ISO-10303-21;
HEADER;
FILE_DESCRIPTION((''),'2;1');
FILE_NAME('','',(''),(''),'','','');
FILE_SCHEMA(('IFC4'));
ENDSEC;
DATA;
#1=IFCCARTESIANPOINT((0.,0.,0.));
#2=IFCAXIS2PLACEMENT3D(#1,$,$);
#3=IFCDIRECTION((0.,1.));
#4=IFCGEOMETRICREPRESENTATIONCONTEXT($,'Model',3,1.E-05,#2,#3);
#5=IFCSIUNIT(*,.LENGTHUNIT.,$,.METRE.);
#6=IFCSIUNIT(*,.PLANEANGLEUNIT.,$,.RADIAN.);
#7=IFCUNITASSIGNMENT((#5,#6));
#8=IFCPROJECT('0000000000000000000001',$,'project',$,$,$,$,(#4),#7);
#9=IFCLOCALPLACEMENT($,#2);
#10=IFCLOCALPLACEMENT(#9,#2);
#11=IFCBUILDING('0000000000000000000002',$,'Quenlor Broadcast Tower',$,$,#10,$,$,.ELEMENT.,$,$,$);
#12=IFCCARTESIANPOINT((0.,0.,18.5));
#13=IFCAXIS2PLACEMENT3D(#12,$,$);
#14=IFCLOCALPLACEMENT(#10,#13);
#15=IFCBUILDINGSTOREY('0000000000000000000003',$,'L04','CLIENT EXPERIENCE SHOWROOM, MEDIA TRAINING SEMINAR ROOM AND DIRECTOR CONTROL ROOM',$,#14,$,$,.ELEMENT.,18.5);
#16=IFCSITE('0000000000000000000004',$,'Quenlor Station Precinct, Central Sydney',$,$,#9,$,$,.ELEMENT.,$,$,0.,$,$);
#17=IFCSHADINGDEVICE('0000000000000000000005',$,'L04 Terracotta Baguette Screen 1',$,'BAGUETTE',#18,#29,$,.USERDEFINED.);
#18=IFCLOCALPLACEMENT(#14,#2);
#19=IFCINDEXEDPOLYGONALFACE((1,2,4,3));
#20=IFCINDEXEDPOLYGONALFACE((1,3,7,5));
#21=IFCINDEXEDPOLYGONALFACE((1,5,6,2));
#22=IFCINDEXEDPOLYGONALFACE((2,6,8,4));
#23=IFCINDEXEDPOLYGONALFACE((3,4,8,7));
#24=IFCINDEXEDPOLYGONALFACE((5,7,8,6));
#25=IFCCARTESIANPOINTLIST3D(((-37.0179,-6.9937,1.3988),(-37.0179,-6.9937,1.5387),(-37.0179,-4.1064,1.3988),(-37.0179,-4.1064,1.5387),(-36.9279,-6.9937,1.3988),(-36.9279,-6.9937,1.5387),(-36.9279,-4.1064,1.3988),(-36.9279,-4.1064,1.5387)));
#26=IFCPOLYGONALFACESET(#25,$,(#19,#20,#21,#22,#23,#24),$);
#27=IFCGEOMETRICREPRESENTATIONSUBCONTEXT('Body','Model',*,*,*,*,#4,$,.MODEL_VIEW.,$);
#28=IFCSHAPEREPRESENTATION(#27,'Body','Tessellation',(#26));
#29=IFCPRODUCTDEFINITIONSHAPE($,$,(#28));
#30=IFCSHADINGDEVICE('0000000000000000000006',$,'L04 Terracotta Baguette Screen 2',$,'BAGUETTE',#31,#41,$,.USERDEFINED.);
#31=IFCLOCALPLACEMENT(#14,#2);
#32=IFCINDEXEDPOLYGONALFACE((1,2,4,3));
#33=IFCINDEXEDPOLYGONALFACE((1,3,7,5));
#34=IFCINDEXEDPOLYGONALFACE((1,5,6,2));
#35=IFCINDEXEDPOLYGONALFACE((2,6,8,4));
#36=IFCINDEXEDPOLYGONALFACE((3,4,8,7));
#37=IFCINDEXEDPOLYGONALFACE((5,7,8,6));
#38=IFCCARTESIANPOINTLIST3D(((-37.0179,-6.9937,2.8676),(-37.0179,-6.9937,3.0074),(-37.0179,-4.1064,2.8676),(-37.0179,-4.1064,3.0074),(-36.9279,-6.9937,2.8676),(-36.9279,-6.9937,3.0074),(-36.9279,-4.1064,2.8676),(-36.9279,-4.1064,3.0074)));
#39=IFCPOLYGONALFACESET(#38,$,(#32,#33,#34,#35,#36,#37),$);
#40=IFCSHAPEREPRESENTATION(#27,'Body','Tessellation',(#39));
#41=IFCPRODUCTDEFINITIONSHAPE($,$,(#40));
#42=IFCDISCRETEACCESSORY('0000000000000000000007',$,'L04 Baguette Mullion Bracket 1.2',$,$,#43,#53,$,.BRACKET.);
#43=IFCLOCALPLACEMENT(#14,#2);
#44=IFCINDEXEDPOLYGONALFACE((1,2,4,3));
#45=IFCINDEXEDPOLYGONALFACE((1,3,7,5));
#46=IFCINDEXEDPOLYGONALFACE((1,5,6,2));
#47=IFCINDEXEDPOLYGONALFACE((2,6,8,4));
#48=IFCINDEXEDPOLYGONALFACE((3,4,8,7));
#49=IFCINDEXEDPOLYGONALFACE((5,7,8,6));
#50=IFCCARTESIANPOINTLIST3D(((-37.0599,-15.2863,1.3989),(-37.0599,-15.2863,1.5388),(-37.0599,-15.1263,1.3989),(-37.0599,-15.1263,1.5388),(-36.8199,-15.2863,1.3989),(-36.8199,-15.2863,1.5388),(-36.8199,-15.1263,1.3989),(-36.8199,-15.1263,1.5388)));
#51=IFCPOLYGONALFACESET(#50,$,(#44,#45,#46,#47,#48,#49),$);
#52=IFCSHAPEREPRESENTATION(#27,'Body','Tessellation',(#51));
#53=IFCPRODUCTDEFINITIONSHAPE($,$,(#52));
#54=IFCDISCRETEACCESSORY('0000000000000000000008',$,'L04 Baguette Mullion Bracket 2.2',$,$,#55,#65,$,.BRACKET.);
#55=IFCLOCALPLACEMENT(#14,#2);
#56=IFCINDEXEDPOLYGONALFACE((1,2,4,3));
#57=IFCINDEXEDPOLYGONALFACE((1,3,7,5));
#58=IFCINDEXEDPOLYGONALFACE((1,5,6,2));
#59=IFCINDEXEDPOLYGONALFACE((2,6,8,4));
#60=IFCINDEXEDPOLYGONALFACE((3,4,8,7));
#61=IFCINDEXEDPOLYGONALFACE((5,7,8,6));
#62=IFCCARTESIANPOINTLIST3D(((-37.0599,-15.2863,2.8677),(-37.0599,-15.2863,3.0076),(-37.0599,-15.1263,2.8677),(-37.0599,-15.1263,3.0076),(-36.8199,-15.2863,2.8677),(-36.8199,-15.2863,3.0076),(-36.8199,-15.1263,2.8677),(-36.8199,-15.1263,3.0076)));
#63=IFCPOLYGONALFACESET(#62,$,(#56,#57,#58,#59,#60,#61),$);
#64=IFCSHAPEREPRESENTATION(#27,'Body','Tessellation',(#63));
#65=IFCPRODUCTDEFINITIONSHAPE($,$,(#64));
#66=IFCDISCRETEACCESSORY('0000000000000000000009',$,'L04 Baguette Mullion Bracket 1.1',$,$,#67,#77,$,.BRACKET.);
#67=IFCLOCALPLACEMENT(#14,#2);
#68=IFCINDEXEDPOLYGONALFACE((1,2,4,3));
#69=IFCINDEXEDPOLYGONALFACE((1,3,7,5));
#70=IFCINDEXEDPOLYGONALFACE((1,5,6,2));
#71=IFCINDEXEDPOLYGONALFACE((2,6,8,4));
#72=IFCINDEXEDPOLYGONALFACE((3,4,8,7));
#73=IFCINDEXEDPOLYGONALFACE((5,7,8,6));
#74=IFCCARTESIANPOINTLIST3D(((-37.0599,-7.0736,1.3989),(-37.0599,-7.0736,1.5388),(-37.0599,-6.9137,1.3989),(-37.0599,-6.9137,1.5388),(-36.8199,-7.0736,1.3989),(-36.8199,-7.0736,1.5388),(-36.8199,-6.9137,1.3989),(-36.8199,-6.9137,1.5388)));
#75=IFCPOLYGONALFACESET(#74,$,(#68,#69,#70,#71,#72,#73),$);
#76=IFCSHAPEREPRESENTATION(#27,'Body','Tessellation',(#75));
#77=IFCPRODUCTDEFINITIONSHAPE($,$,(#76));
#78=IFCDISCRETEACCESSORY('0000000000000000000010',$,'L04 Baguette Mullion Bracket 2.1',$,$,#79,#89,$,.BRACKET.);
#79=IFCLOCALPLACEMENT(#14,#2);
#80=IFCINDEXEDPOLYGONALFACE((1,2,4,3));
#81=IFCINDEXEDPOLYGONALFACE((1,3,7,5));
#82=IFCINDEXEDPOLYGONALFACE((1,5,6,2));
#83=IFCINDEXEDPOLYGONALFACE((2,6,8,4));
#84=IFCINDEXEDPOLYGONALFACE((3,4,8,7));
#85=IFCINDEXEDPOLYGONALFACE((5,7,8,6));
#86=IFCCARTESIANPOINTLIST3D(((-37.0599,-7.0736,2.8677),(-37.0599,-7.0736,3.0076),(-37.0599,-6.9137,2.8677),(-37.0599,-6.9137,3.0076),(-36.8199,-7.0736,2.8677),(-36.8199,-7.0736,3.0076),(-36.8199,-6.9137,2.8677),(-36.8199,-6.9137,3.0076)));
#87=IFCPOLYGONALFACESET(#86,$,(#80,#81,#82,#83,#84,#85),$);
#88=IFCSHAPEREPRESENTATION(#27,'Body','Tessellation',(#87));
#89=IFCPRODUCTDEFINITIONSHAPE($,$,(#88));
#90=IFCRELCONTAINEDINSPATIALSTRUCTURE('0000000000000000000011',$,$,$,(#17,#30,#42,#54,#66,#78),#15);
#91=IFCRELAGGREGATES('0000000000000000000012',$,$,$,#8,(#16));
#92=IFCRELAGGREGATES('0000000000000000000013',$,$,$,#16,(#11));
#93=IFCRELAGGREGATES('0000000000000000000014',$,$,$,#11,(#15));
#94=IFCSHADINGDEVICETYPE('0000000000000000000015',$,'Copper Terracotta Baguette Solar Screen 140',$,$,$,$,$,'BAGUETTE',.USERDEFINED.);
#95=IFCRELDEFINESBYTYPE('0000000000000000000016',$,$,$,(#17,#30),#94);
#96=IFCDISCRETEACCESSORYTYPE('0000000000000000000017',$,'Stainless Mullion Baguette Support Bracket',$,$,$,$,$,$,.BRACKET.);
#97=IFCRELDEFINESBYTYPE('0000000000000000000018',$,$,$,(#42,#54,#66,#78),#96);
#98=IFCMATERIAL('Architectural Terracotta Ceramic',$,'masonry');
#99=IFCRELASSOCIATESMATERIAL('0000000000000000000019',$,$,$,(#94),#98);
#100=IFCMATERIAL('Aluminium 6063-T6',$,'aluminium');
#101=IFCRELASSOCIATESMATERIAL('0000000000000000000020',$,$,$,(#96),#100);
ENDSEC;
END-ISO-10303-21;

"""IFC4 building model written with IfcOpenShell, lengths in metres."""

from ifc_helpers import new_model, si_unit, direction, frame, origin, origin_2d, place, context, subcontext, project, spatial, rectangle, extrude, material, material_profile, profile_set, type_object, element, save


model = new_model("IFC4")

# Units and contexts
model_context = context("Model", 3, precision=1e-05, world=origin(), true_north=direction((0.0, 1.0)))
body_context = subcontext(model_context, "Body", "Model", "MODEL_VIEW")
ifc_project = project(units=[si_unit("LENGTHUNIT", "METRE"), si_unit("PLANEANGLEUNIT", "RADIAN")], contexts=[model_context])

# Site, building, storey
site_placement = place(None, origin())
site = spatial("IfcSite", under=ifc_project, at=site_placement, Name="Quenlor Station Precinct, Central Sydney", CompositionType="ELEMENT", RefElevation=0.0)
building_placement = place(site_placement, origin())
building = spatial("IfcBuilding", under=site, at=building_placement, Name="Quenlor Broadcast Tower", CompositionType="ELEMENT")
storey_placement = place(building_placement, frame((0.0, 0.0, 18.5)))
storey = spatial("IfcBuildingStorey", under=building, at=storey_placement, Name="L04", Description="CLIENT EXPERIENCE SHOWROOM, MEDIA TRAINING SEMINAR ROOM AND DIRECTOR CONTROL ROOM", CompositionType="ELEMENT", Elevation=18.5)

# Shading devices
ifc_material_1 = material(Name="Architectural Terracotta Ceramic", Category="masonry")
ifc_material_profile_1 = material_profile(ifc_material_1, rectangle(XDim=0.0901, YDim=0.1399, at=origin_2d()))
ifc_profile_set_1 = profile_set([ifc_material_profile_1], Name="Architectural Terracotta Ceramic BAG90x140")
shading_device_type = type_object("IfcShadingDeviceType", Name="Copper Terracotta Baguette Solar Screen 140", ElementType="BAGUETTE", PredefinedType="USERDEFINED", material=ifc_profile_set_1)
for number, where, z_axis, x_axis, name in (
    (1, (-36.9729, -6.9937, 1.4688), (0.0, 1.0, 0.0), (-1.0, 0.0, 0.0), "L04 Terracotta Baguette Screen 1"),
    (2, (-36.9729, -6.9937, 2.9375), (0.0, 1.0, 0.0), (-1.0, 0.0, 0.0), "L04 Terracotta Baguette Screen 2"),
):
    element("IfcShadingDevice", number, at=place(storey_placement, frame(where, z_axis=z_axis, x_axis=x_axis)), inside=storey, type_object=shading_device_type, Name=name, ObjectType="BAGUETTE", PredefinedType="USERDEFINED", context=body_context, shape_type="SweptSolid", body=[
        extrude(rectangle(XDim=0.0901, YDim=0.1399, at=origin_2d()), origin(), (0.0, 0.0, 1.0), 2.8872),
    ])

# Discrete accessories
ifc_material_2 = material(Name="Aluminium 6063-T6", Category="aluminium")
discrete_accessory_type = type_object("IfcDiscreteAccessoryType", Name="Stainless Mullion Baguette Support Bracket", PredefinedType="BRACKET", material=ifc_material_2)
for number, where, z_axis, x_axis, name in (
    (3, (-36.9399, -15.2063, 1.3989), (0.0, 0.0, 1.0), (0.0, 1.0, 0.0), "L04 Baguette Mullion Bracket 1.2"),
    (4, (-36.9399, -15.2063, 2.8677), (0.0, 0.0, 1.0), (0.0, 1.0, 0.0), "L04 Baguette Mullion Bracket 2.2"),
    (5, (-36.9399, -6.9937, 1.3989), (0.0, 0.0, 1.0), (0.0, 1.0, 0.0), "L04 Baguette Mullion Bracket 1.1"),
    (6, (-36.9399, -6.9937, 2.8677), (0.0, 0.0, 1.0), (0.0, 1.0, 0.0), "L04 Baguette Mullion Bracket 2.1"),
):
    element("IfcDiscreteAccessory", number, at=place(storey_placement, frame(where, z_axis=z_axis, x_axis=x_axis)), inside=storey, type_object=discrete_accessory_type, Name=name, PredefinedType="BRACKET", context=body_context, shape_type="SweptSolid", body=[
        extrude(rectangle(XDim=0.1599, YDim=0.24, at=origin_2d()), origin(), (0.0, 0.0, 1.0), 0.1399),
    ])

save(model, "model.ifc")
